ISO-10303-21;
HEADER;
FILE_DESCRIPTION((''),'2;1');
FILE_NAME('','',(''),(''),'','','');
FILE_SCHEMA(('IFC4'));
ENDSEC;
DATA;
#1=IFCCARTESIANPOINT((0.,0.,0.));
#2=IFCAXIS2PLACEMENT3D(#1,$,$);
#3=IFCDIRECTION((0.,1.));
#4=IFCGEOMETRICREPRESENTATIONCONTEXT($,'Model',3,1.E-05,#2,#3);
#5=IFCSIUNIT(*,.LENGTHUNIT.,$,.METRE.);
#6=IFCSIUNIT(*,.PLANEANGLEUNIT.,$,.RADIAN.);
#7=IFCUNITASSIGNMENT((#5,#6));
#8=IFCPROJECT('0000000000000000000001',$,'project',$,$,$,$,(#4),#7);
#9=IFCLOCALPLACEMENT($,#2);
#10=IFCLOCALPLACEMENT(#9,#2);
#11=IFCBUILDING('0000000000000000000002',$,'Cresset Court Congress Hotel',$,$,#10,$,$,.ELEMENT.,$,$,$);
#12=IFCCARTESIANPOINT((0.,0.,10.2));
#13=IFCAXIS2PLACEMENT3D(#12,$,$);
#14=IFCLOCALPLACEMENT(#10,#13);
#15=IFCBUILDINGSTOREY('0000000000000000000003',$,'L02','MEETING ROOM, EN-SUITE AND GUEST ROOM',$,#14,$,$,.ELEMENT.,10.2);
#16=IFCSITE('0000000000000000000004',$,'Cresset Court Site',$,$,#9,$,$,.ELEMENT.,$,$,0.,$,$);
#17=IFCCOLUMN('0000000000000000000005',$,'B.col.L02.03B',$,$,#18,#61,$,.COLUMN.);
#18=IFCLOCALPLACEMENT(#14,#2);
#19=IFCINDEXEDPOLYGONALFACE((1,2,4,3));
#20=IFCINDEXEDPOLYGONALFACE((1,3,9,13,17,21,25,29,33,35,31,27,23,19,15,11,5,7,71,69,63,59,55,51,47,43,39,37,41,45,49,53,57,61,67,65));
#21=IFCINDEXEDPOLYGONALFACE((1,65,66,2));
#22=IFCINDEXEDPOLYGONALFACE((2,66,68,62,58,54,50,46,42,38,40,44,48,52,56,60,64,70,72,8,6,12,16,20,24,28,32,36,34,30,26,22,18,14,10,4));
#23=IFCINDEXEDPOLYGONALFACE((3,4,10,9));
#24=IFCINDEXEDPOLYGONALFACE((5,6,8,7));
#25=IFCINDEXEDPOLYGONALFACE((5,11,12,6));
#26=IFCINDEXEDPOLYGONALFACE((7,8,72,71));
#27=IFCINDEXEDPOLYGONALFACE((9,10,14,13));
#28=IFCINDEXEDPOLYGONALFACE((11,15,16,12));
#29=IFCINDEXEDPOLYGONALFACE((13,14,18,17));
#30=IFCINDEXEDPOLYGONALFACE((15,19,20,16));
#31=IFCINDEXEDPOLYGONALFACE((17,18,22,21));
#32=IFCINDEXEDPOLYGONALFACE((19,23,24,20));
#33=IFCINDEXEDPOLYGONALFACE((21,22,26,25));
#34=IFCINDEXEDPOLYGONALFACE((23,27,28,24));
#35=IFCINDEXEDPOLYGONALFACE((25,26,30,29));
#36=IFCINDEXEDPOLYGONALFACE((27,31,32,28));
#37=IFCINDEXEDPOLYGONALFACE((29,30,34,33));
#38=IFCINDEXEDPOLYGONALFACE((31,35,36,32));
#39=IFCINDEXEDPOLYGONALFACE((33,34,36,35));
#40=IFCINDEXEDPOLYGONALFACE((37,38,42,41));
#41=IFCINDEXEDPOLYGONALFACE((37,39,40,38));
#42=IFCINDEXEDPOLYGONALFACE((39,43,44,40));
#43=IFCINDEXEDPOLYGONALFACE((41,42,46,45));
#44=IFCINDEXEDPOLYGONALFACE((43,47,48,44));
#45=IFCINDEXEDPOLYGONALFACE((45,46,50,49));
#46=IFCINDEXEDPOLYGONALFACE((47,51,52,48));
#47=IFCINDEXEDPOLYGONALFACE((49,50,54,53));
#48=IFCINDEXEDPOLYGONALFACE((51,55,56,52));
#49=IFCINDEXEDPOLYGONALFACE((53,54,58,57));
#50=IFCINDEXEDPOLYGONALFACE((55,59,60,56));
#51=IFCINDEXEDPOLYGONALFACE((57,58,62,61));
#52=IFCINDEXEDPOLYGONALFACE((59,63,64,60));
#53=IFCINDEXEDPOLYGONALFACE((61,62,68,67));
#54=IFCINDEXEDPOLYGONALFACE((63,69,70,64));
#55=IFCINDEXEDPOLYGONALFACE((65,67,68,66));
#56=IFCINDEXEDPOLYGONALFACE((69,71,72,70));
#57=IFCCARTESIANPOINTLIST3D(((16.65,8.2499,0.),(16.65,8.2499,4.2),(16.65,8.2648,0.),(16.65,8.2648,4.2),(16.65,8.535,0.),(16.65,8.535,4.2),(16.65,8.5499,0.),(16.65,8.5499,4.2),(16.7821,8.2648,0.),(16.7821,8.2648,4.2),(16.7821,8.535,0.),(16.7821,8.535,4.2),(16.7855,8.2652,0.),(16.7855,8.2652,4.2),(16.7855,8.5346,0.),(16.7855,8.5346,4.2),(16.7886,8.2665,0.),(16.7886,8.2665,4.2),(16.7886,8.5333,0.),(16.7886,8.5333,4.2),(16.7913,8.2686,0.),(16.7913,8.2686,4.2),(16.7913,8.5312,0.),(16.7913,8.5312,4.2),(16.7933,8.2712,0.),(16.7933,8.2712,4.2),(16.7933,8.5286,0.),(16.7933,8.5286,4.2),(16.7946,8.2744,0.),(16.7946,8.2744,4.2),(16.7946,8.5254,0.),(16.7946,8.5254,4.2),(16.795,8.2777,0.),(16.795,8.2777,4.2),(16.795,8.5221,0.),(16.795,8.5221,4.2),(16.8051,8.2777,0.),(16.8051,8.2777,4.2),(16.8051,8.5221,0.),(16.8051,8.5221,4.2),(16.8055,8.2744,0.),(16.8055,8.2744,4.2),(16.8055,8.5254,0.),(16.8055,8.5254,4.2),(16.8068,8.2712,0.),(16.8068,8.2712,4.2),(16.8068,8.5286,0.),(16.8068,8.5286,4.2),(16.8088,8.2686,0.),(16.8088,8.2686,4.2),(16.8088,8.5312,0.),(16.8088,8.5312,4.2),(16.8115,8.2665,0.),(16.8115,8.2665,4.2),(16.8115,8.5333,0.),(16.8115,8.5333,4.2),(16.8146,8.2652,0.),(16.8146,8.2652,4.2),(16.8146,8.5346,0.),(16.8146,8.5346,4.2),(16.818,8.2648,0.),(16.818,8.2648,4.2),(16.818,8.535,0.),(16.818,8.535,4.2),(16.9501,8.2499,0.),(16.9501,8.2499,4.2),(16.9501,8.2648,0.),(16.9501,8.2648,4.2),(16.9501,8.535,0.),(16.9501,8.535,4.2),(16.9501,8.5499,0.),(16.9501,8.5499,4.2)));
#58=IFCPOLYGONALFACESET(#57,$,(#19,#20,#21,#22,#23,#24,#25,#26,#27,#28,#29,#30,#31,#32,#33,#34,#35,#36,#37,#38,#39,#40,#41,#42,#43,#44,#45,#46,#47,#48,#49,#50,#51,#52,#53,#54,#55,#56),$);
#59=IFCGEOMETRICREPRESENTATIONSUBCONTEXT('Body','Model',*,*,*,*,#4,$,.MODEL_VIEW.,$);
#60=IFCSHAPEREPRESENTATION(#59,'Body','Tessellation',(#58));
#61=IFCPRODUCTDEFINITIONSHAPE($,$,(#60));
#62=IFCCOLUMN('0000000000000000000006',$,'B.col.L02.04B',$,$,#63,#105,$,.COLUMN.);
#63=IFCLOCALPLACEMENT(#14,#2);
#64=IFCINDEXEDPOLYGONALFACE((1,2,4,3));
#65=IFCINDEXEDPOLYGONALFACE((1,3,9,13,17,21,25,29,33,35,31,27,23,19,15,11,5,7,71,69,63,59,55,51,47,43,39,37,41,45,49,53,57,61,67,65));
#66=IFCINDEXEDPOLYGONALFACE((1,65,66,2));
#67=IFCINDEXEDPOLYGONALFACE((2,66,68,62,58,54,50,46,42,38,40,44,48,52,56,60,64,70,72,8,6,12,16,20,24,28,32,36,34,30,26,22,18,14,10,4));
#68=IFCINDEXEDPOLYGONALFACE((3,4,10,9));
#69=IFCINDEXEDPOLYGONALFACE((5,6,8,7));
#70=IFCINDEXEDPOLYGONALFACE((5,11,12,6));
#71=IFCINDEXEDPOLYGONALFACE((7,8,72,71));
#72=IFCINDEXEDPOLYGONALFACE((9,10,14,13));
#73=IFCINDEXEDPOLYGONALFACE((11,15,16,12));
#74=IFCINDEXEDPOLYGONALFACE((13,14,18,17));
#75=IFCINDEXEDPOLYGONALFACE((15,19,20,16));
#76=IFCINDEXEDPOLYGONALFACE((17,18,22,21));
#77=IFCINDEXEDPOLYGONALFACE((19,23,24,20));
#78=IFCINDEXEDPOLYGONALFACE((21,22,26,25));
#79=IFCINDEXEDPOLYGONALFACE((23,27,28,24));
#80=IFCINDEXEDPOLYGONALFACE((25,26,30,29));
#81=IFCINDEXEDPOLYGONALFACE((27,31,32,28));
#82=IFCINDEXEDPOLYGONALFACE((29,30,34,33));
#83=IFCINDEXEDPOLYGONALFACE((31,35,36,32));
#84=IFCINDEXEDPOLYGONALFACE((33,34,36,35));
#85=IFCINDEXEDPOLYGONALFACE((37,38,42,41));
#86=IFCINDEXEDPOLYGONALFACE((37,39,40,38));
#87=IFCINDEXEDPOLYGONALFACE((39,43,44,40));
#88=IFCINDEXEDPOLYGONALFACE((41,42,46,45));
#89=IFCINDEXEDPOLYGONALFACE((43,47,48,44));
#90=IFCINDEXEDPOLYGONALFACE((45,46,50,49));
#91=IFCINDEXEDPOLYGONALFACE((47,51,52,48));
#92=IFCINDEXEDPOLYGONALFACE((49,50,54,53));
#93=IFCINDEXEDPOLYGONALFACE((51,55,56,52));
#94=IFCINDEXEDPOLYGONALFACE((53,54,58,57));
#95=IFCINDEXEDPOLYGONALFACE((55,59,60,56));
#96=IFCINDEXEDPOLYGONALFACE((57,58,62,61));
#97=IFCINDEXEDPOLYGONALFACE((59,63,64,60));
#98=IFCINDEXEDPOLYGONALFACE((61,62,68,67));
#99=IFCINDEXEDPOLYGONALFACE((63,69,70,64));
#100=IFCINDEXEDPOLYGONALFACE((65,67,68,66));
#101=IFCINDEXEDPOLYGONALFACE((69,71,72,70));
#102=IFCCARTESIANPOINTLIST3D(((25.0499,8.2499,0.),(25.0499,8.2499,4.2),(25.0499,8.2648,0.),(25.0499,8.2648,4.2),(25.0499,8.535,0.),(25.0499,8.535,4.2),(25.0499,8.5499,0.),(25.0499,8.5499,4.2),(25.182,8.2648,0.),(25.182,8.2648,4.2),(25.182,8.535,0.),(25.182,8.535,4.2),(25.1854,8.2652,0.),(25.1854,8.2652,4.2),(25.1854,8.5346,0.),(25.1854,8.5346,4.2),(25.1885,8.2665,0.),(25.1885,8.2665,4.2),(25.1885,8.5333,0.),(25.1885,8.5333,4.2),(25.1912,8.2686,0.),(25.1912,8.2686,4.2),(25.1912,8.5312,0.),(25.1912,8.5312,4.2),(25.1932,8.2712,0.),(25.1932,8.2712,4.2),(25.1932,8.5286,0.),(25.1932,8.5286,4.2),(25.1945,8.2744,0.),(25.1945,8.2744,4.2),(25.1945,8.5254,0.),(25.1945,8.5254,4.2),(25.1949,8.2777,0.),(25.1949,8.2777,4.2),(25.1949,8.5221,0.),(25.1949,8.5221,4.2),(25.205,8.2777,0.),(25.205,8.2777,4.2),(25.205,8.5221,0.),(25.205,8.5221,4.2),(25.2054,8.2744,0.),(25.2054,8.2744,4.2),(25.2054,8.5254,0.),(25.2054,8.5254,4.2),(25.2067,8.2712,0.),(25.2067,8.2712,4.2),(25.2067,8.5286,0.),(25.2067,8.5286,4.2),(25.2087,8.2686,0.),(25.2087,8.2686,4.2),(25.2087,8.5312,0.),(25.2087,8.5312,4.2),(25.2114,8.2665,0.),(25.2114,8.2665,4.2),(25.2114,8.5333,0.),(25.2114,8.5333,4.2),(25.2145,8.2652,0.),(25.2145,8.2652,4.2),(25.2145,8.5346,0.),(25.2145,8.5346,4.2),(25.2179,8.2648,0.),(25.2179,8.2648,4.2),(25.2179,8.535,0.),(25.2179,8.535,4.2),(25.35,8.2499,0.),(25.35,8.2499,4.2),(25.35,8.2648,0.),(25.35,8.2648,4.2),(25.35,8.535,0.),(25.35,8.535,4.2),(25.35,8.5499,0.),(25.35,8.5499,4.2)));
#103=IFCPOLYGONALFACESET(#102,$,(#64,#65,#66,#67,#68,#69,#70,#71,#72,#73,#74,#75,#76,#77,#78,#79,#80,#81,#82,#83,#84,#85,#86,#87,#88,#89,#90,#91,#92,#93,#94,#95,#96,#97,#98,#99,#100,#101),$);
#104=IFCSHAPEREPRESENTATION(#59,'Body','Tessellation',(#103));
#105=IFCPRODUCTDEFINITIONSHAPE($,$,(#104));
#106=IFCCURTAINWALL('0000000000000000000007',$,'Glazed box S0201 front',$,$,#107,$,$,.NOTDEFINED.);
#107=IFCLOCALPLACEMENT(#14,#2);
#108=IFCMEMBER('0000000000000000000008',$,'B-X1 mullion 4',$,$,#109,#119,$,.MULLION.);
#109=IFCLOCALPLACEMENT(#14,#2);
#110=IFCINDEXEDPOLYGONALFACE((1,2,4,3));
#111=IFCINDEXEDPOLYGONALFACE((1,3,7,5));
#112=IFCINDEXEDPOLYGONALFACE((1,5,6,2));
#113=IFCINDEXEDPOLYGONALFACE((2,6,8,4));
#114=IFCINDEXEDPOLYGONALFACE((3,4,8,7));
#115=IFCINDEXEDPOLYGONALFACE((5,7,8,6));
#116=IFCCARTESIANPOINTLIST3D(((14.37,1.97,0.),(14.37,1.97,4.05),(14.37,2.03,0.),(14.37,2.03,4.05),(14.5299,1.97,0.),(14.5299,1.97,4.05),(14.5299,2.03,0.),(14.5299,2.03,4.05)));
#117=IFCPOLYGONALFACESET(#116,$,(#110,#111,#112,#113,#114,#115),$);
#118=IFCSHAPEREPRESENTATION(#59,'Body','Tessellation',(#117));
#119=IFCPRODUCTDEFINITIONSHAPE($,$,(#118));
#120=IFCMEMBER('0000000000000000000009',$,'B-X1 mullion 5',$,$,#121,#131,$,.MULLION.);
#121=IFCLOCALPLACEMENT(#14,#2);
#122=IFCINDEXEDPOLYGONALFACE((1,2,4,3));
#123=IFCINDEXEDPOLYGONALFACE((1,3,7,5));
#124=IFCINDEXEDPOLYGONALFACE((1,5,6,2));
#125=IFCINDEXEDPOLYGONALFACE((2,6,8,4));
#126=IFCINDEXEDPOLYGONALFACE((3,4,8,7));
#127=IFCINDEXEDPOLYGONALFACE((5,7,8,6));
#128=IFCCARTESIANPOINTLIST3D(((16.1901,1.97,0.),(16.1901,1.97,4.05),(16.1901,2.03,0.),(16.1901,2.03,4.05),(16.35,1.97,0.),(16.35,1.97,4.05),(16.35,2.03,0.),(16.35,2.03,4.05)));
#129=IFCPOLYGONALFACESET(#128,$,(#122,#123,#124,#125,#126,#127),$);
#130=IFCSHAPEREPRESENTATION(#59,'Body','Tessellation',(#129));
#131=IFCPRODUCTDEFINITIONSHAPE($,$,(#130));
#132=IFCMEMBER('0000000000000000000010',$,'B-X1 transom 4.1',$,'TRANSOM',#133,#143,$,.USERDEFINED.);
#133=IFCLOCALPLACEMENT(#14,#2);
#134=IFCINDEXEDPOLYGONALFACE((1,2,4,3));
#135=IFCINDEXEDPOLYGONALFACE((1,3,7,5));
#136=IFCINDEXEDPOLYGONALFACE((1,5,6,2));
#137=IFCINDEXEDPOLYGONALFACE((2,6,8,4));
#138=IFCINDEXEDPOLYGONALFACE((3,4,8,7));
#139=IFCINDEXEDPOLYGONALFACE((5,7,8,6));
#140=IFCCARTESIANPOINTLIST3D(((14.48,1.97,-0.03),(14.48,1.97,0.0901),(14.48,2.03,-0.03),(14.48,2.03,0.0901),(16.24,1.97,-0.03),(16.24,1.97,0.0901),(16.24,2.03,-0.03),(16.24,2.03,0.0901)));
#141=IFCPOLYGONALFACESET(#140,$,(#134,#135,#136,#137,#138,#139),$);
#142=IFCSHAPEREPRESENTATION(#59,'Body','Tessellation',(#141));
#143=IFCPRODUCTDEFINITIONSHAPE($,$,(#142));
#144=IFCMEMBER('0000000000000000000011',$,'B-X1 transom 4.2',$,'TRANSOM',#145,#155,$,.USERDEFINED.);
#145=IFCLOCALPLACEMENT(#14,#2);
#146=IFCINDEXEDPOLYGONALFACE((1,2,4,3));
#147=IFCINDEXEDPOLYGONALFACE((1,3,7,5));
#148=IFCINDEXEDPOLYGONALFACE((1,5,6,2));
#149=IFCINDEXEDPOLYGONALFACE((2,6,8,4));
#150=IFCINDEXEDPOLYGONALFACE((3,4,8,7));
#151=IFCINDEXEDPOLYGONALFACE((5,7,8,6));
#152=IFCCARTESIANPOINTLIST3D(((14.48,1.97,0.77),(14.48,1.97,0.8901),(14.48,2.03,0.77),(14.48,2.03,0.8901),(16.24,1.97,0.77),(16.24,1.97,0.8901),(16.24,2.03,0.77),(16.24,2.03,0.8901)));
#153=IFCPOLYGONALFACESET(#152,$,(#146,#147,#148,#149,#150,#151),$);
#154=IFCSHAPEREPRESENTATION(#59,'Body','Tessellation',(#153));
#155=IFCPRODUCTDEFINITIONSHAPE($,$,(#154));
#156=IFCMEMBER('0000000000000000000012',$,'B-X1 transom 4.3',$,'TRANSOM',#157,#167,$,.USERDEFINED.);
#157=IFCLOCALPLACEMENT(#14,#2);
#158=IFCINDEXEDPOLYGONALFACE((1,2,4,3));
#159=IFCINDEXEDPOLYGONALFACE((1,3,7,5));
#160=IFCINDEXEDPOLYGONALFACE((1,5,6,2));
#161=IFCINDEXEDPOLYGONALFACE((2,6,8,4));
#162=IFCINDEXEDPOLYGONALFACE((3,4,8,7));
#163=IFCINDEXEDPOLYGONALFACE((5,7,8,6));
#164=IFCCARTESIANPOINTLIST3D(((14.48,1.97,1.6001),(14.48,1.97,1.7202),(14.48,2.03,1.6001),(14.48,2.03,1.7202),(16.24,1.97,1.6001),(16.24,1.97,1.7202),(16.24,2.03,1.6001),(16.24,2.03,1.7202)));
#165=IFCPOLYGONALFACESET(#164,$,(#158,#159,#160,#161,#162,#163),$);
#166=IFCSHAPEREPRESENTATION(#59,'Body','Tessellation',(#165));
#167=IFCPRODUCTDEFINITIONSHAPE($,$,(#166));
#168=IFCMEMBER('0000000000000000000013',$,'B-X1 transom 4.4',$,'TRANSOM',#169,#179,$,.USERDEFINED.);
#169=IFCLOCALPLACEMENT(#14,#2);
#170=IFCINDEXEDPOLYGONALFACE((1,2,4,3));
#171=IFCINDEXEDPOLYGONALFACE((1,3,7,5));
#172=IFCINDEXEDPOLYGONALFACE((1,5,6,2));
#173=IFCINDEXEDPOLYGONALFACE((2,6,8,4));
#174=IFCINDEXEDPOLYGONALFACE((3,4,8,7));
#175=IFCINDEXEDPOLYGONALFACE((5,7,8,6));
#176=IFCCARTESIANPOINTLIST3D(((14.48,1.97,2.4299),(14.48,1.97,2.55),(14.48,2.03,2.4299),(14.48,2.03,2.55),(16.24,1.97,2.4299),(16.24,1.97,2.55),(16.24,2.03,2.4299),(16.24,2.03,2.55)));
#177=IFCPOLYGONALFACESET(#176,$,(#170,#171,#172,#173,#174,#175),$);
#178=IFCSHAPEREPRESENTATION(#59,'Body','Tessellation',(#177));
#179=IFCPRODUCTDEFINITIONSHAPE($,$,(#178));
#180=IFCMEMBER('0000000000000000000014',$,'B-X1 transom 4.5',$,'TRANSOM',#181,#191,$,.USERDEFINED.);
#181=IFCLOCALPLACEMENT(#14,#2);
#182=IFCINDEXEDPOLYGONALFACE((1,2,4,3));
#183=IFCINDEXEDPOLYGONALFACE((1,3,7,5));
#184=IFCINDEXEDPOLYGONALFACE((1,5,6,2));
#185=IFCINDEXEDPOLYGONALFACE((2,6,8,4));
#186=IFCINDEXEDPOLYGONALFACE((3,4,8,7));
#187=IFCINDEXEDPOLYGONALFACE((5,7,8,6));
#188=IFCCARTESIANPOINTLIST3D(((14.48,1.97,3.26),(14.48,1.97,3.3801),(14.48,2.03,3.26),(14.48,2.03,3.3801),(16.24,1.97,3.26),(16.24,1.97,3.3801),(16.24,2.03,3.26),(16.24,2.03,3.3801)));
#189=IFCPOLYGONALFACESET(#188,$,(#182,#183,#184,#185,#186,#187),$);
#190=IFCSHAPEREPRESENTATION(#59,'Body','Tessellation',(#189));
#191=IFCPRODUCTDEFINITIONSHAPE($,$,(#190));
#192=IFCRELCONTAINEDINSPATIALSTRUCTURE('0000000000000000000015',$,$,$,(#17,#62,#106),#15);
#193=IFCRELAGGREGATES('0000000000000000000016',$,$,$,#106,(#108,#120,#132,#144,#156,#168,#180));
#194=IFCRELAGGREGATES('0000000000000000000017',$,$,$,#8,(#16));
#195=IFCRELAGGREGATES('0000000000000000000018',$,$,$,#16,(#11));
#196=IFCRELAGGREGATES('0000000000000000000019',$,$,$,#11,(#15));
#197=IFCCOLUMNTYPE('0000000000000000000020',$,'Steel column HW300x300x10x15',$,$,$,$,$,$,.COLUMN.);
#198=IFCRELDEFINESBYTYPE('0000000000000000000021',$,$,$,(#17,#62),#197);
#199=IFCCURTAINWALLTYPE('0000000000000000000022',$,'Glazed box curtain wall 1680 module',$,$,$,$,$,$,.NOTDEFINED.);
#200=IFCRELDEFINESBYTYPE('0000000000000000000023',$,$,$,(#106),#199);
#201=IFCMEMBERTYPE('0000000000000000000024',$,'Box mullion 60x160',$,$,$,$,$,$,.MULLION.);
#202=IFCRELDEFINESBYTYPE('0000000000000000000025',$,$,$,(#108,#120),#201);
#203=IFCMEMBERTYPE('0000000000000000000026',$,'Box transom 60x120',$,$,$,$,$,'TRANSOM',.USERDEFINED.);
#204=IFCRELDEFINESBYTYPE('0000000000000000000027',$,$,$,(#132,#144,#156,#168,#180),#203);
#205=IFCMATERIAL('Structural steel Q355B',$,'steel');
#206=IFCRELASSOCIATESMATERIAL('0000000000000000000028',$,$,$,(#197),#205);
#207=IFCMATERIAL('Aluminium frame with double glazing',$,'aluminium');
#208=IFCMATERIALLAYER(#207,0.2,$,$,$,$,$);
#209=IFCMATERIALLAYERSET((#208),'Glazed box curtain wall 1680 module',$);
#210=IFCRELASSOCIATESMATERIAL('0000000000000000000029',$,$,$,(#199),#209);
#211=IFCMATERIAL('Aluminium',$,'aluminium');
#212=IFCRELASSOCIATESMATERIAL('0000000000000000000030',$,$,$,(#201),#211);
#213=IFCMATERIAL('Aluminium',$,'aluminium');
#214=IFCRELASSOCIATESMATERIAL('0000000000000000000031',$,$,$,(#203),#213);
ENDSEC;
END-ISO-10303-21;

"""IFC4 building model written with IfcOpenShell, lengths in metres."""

from ifc_helpers import new_model, si_unit, direction, frame, origin, origin_2d, place, context, subcontext, project, spatial, rectangle, i_section, extrude, material, layer, layer_set, material_profile, profile_set, type_object, element, aggregate, save


model = new_model("IFC4")

# Units and contexts
model_context = context("Model", 3, precision=1e-05, world=origin(), true_north=direction((0.0, 1.0)))
body_context = subcontext(model_context, "Body", "Model", "MODEL_VIEW")
ifc_project = project(units=[si_unit("LENGTHUNIT", "METRE"), si_unit("PLANEANGLEUNIT", "RADIAN")], contexts=[model_context])

# Site, building, storey
site_placement = place(None, origin())
site = spatial("IfcSite", under=ifc_project, at=site_placement, Name="Cresset Court Site", CompositionType="ELEMENT", RefElevation=0.0)
building_placement = place(site_placement, origin())
building = spatial("IfcBuilding", under=site, at=building_placement, Name="Cresset Court Congress Hotel", CompositionType="ELEMENT")
storey_placement = place(building_placement, frame((0.0, 0.0, 10.2)))
storey = spatial("IfcBuildingStorey", under=building, at=storey_placement, Name="L02", Description="MEETING ROOM, EN-SUITE AND GUEST ROOM", CompositionType="ELEMENT", Elevation=10.2)

# Columns
ifc_material_1 = material(Name="Structural steel Q355B", Category="steel")
ifc_material_profile_1 = material_profile(ifc_material_1, i_section(OverallWidth=0.3, OverallDepth=0.3, WebThickness=0.01, FlangeThickness=0.0149, FilletRadius=0.0129, at=origin_2d()), Name="HW300x300x10x15")
ifc_profile_set_1 = profile_set([ifc_material_profile_1], Name="Structural steel Q355B")
column_type = type_object("IfcColumnType", Name="Steel column HW300x300x10x15", PredefinedType="COLUMN", material=ifc_profile_set_1)
for number, where, z_axis, x_axis, name in (
    (1, (16.8, 8.3999, 0.0), (0.0, 0.0, 1.0), (1.0, 0.0, 0.0), "B.col.L02.03B"),
    (2, (25.2, 8.3999, 0.0), (0.0, 0.0, 1.0), (1.0, 0.0, 0.0), "B.col.L02.04B"),
):
    element("IfcColumn", number, at=place(storey_placement, frame(where, z_axis=z_axis, x_axis=x_axis)), inside=storey, type_object=column_type, Name=name, PredefinedType="COLUMN", context=body_context, shape_type="SweptSolid", body=[
        extrude(i_section(OverallWidth=0.3, OverallDepth=0.3, WebThickness=0.01, FlangeThickness=0.0149, FilletRadius=0.0129, at=origin_2d()), origin(), (0.0, 0.0, 1.0), 4.2),
    ])

# Curtain wall, members
ifc_material_2 = material(Name="Aluminium frame with double glazing", Category="aluminium")
ifc_layer_1 = layer(ifc_material_2, 0.2)
ifc_layer_set_1 = layer_set([ifc_layer_1], Name="Glazed box curtain wall 1680 module")
curtain_wall_type = type_object("IfcCurtainWallType", Name="Glazed box curtain wall 1680 module", PredefinedType="NOTDEFINED", material=ifc_layer_set_1)
curtain_wall_placement = place(storey_placement, origin())
curtain_wall = element("IfcCurtainWall", 3, at=curtain_wall_placement, inside=storey, type_object=curtain_wall_type, Name="Glazed box S0201 front", PredefinedType="NOTDEFINED")
ifc_material_3 = material(Name="Aluminium", Category="aluminium")
ifc_material_profile_2 = material_profile(ifc_material_3, rectangle(XDim=0.0601, YDim=0.1599, at=origin_2d()), Name="Box mullion 60x160")
ifc_profile_set_2 = profile_set([ifc_material_profile_2], Name="Aluminium")
member_type_1 = type_object("IfcMemberType", Name="Box mullion 60x160", PredefinedType="MULLION", material=ifc_profile_set_2)
member_1_placement = place(storey_placement, frame((14.45, 2.0, 0.0), z_axis=(0.0, 0.0, 1.0), x_axis=(0.0, 1.0, 0.0)))
member_1 = element("IfcMember", 4, at=member_1_placement, type_object=member_type_1, Name="B-X1 mullion 4", PredefinedType="MULLION", context=body_context, shape_type="SweptSolid", body=[
    extrude(rectangle(XDim=0.0601, YDim=0.1599, at=origin_2d()), origin(), (0.0, 0.0, 1.0), 4.05),
])
member_2_placement = place(storey_placement, frame((16.27, 2.0, 0.0), z_axis=(0.0, 0.0, 1.0), x_axis=(0.0, 1.0, 0.0)))
member_2 = element("IfcMember", 5, at=member_2_placement, type_object=member_type_1, Name="B-X1 mullion 5", PredefinedType="MULLION", context=body_context, shape_type="SweptSolid", body=[
    extrude(rectangle(XDim=0.0601, YDim=0.1599, at=origin_2d()), origin(), (0.0, 0.0, 1.0), 4.05),
])
ifc_material_4 = material(Name="Aluminium", Category="aluminium")
ifc_material_profile_3 = material_profile(ifc_material_4, rectangle(XDim=0.0601, YDim=0.1201, at=origin_2d()), Name="Box transom 60x120")
ifc_profile_set_3 = profile_set([ifc_material_profile_3], Name="Aluminium")
member_type_2 = type_object("IfcMemberType", Name="Box transom 60x120", ElementType="TRANSOM", PredefinedType="USERDEFINED", material=ifc_profile_set_3)
member_3_placement = place(storey_placement, frame((14.48, 2.0, 0.03), z_axis=(1.0, 0.0, 0.0), x_axis=(0.0, 1.0, 0.0)))
member_3 = element("IfcMember", 6, at=member_3_placement, type_object=member_type_2, Name="B-X1 transom 4.1", ObjectType="TRANSOM", PredefinedType="USERDEFINED", context=body_context, shape_type="SweptSolid", body=[
    extrude(rectangle(XDim=0.0601, YDim=0.1201, at=origin_2d()), origin(), (0.0, 0.0, 1.0), 1.76),
])
member_4_placement = place(storey_placement, frame((14.48, 2.0, 0.8301), z_axis=(1.0, 0.0, 0.0), x_axis=(0.0, 1.0, 0.0)))
member_4 = element("IfcMember", 7, at=member_4_placement, type_object=member_type_2, Name="B-X1 transom 4.2", ObjectType="TRANSOM", PredefinedType="USERDEFINED", context=body_context, shape_type="SweptSolid", body=[
    extrude(rectangle(XDim=0.0601, YDim=0.1201, at=origin_2d()), origin(), (0.0, 0.0, 1.0), 1.76),
])
member_5_placement = place(storey_placement, frame((14.48, 2.0, 1.6602), z_axis=(1.0, 0.0, 0.0), x_axis=(0.0, 1.0, 0.0)))
member_5 = element("IfcMember", 8, at=member_5_placement, type_object=member_type_2, Name="B-X1 transom 4.3", ObjectType="TRANSOM", PredefinedType="USERDEFINED", context=body_context, shape_type="SweptSolid", body=[
    extrude(rectangle(XDim=0.0601, YDim=0.1201, at=origin_2d()), origin(), (0.0, 0.0, 1.0), 1.76),
])
member_6_placement = place(storey_placement, frame((14.48, 2.0, 2.49), z_axis=(1.0, 0.0, 0.0), x_axis=(0.0, 1.0, 0.0)))
member_6 = element("IfcMember", 9, at=member_6_placement, type_object=member_type_2, Name="B-X1 transom 4.4", ObjectType="TRANSOM", PredefinedType="USERDEFINED", context=body_context, shape_type="SweptSolid", body=[
    extrude(rectangle(XDim=0.0601, YDim=0.1201, at=origin_2d()), origin(), (0.0, 0.0, 1.0), 1.76),
])
member_7_placement = place(storey_placement, frame((14.48, 2.0, 3.3201), z_axis=(1.0, 0.0, 0.0), x_axis=(0.0, 1.0, 0.0)))
member_7 = element("IfcMember", 10, at=member_7_placement, type_object=member_type_2, Name="B-X1 transom 4.5", ObjectType="TRANSOM", PredefinedType="USERDEFINED", context=body_context, shape_type="SweptSolid", body=[
    extrude(rectangle(XDim=0.0601, YDim=0.1201, at=origin_2d()), origin(), (0.0, 0.0, 1.0), 1.76),
])

aggregate(curtain_wall, [member_1, member_2, member_3, member_4, member_5, member_6, member_7])

save(model, "model.ifc")
